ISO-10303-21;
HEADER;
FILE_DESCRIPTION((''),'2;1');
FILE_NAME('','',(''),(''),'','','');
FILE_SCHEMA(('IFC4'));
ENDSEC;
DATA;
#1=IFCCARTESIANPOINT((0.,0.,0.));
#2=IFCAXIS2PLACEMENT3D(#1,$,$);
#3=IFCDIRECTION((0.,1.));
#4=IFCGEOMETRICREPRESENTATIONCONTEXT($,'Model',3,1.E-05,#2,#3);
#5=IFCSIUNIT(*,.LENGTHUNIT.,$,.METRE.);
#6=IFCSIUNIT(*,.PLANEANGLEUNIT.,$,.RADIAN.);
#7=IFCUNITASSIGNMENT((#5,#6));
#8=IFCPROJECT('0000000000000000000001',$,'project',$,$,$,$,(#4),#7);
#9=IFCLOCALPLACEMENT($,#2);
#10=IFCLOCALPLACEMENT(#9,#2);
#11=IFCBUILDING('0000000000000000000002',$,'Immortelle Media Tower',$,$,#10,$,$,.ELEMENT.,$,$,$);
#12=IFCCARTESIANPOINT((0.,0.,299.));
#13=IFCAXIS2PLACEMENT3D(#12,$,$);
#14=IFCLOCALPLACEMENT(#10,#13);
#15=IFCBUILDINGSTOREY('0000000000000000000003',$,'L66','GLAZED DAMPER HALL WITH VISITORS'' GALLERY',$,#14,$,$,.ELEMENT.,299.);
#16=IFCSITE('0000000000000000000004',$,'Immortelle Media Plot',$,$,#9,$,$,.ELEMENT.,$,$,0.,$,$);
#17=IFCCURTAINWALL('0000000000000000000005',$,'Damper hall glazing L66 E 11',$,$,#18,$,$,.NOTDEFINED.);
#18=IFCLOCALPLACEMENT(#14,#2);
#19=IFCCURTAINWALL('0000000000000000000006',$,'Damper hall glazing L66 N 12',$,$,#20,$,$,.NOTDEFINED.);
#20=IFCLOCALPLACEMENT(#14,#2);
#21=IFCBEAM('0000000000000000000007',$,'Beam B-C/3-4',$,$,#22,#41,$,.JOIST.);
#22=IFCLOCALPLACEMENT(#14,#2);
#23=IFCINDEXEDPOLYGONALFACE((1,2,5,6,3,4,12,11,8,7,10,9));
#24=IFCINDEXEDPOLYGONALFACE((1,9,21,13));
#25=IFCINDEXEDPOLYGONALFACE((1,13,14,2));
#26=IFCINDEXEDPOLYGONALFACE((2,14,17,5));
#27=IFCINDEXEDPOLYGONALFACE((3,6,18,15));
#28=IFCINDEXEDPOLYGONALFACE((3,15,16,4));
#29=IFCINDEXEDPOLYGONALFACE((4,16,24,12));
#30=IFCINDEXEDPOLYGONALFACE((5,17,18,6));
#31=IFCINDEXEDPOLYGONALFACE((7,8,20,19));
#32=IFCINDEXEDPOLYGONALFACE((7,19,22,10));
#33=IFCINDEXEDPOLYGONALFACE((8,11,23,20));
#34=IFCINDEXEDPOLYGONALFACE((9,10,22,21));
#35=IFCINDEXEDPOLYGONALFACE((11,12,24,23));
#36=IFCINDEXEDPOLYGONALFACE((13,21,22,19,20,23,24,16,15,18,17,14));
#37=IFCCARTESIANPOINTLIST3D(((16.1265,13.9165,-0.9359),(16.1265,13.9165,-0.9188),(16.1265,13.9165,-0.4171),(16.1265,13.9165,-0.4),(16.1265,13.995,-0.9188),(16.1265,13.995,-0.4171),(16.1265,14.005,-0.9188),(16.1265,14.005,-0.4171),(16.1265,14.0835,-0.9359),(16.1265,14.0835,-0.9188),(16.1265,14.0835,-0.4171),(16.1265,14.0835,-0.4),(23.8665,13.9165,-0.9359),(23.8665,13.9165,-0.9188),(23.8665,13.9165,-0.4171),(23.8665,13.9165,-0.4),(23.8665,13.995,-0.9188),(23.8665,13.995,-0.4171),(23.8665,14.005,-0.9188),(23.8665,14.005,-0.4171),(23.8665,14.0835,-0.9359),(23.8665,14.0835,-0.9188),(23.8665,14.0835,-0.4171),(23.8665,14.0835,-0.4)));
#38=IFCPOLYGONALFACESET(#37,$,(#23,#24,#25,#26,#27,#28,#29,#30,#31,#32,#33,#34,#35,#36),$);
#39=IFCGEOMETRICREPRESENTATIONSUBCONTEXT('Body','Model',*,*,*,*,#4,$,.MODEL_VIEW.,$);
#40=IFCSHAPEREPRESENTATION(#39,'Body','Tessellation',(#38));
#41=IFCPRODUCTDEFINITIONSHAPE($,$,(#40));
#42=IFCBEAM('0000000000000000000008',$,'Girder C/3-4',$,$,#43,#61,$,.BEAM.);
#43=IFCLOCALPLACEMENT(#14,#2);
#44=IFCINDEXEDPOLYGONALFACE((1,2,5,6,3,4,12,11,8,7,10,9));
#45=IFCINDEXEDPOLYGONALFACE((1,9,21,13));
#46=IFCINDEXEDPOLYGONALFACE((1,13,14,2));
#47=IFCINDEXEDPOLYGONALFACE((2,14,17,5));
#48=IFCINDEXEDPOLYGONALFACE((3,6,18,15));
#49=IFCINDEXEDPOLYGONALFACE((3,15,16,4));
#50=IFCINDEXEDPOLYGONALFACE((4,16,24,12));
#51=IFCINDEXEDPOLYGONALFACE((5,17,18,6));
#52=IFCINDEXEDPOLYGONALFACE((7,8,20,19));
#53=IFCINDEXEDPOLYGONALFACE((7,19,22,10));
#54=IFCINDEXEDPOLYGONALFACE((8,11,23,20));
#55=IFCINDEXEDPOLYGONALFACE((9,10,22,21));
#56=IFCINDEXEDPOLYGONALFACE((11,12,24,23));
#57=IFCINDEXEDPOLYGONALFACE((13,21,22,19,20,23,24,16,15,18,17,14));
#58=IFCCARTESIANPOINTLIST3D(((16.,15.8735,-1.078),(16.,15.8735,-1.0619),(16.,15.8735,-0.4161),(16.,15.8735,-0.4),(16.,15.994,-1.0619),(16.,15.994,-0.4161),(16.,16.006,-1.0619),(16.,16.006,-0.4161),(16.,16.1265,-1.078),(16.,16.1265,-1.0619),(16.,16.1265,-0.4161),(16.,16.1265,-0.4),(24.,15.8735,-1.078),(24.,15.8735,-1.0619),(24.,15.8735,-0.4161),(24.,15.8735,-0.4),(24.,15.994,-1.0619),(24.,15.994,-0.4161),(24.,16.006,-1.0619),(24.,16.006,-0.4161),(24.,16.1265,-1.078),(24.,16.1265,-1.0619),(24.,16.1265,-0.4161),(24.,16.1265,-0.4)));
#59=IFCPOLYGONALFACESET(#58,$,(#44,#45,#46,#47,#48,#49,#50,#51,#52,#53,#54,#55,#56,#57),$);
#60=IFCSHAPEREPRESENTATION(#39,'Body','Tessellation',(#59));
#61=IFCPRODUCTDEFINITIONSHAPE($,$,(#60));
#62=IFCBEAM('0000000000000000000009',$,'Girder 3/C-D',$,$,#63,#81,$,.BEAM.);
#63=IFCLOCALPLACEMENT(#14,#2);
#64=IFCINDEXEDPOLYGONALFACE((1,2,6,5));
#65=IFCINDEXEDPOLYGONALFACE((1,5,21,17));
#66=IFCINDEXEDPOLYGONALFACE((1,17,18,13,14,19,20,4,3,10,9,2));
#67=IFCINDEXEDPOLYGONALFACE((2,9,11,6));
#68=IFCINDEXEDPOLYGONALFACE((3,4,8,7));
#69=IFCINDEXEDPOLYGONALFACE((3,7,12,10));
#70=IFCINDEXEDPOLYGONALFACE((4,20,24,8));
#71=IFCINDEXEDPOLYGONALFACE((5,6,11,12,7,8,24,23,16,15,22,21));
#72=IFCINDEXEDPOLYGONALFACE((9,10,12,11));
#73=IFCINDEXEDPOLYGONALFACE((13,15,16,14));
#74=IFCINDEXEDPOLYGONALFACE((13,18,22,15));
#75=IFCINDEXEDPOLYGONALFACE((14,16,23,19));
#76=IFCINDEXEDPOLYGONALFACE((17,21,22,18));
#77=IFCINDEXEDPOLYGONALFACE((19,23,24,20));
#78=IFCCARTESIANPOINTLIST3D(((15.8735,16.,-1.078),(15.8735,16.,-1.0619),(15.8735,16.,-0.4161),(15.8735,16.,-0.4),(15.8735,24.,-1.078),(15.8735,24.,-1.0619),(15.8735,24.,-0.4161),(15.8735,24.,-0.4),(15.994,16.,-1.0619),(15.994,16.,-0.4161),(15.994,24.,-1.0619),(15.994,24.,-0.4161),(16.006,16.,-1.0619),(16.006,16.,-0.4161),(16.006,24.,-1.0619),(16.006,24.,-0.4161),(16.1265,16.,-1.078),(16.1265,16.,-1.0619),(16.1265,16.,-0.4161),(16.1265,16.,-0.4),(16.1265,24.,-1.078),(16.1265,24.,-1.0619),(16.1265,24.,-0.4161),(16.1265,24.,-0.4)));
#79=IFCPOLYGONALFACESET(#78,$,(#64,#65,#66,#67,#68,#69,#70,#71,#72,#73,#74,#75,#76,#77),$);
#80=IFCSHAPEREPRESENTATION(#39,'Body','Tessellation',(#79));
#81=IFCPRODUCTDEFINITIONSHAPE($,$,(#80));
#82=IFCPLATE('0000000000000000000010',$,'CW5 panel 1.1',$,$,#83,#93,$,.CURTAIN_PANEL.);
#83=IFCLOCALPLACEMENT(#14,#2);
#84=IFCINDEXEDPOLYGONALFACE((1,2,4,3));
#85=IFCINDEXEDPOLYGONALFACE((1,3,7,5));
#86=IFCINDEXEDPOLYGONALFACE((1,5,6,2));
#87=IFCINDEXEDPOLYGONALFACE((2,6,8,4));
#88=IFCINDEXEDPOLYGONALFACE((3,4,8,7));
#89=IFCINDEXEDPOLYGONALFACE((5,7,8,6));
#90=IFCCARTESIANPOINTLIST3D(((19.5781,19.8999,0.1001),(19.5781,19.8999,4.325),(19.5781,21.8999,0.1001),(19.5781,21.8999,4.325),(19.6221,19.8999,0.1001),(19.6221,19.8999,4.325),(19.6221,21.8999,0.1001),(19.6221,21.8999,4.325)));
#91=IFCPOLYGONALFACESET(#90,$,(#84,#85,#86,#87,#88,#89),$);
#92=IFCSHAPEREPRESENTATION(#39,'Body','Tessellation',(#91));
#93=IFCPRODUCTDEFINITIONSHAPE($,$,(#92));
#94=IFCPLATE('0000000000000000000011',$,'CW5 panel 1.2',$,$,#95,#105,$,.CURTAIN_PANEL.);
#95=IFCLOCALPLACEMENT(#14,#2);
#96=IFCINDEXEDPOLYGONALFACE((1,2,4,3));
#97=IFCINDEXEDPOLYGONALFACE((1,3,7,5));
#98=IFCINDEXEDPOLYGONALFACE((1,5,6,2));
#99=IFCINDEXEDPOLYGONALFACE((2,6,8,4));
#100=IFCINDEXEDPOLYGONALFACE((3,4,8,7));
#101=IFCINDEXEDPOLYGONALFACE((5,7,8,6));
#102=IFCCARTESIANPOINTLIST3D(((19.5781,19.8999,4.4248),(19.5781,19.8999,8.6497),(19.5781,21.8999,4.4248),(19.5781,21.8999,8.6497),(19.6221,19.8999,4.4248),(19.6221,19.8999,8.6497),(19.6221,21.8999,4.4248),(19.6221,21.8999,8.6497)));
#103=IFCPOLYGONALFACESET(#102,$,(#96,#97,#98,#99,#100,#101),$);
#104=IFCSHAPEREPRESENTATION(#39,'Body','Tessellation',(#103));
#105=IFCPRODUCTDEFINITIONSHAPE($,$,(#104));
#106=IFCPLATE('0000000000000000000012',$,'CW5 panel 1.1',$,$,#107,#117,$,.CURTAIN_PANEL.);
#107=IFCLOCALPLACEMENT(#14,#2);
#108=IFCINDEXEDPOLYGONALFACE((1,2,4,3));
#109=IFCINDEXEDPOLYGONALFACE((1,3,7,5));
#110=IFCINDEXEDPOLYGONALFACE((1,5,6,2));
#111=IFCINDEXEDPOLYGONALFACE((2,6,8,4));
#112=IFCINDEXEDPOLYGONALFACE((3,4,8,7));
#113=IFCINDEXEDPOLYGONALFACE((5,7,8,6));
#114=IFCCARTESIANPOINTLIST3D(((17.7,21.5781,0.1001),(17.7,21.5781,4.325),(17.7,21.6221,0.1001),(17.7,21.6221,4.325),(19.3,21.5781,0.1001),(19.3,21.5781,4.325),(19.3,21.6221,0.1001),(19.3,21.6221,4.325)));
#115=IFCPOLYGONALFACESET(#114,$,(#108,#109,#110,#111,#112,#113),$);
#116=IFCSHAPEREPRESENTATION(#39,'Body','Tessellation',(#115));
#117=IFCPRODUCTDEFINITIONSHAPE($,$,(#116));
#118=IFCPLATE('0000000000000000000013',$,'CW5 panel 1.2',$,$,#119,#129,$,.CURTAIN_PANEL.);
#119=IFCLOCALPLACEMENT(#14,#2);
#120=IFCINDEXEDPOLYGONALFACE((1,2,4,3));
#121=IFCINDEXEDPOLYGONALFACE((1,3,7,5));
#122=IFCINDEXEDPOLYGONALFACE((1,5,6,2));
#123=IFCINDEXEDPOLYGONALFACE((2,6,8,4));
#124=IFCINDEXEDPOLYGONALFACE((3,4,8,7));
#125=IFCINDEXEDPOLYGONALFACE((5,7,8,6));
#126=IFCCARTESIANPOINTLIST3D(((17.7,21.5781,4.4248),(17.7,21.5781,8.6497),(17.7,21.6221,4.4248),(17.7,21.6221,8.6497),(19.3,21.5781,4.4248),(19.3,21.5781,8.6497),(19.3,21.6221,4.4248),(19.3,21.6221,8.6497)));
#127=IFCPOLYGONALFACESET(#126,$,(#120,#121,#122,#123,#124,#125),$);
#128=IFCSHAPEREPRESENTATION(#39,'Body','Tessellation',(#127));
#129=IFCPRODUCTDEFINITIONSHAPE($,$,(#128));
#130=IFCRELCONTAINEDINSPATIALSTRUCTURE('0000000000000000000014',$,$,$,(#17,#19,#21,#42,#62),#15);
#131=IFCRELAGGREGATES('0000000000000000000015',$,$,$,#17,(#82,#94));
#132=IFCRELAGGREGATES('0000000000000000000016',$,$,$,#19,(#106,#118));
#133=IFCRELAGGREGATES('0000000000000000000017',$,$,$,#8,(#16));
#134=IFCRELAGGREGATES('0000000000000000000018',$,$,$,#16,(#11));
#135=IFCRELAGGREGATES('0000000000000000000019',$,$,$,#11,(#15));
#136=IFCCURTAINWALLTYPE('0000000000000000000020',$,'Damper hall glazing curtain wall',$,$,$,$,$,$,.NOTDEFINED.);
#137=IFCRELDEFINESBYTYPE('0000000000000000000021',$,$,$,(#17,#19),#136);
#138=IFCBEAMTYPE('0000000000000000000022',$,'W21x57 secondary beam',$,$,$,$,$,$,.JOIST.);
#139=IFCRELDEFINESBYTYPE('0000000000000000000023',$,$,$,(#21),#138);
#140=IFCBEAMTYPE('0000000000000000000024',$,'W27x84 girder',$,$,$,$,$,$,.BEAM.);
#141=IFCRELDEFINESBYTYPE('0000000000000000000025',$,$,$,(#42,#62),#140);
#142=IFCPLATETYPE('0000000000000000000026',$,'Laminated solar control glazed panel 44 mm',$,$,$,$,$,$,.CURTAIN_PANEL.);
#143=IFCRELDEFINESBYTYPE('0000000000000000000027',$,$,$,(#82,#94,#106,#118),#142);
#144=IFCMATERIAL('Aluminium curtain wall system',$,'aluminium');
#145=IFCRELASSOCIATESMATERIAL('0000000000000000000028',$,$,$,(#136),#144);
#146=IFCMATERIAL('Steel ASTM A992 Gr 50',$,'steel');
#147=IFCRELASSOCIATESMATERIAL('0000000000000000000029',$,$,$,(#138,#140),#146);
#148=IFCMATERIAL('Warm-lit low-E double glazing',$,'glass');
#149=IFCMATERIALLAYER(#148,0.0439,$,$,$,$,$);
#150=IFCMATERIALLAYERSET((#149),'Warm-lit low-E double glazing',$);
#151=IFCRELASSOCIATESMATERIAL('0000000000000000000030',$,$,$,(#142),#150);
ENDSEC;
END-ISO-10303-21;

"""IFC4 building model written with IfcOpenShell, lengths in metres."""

from ifc_helpers import new_model, si_unit, direction, frame, origin, origin_2d, place, context, subcontext, project, spatial, rectangle, i_section, extrude, material, layer, layer_set, material_profile, profile_set, type_object, element, aggregate, save


model = new_model("IFC4")

# Units and contexts
model_context = context("Model", 3, precision=1e-05, world=origin(), true_north=direction((0.0, 1.0)))
body_context = subcontext(model_context, "Body", "Model", "MODEL_VIEW")
ifc_project = project(units=[si_unit("LENGTHUNIT", "METRE"), si_unit("PLANEANGLEUNIT", "RADIAN")], contexts=[model_context])

# Site, building, storey
site_placement = place(None, origin())
site = spatial("IfcSite", under=ifc_project, at=site_placement, Name="Immortelle Media Plot", CompositionType="ELEMENT", RefElevation=0.0)
building_placement = place(site_placement, origin())
building = spatial("IfcBuilding", under=site, at=building_placement, Name="Immortelle Media Tower", CompositionType="ELEMENT")
storey_placement = place(building_placement, frame((0.0, 0.0, 299.0)))
storey = spatial("IfcBuildingStorey", under=building, at=storey_placement, Name="L66", Description="GLAZED DAMPER HALL WITH VISITORS' GALLERY", CompositionType="ELEMENT", Elevation=299.0)

# Shared definitions
ifc_material_1 = material(Name="Steel ASTM A992 Gr 50", Category="steel")

# Curtain wall
ifc_material_2 = material(Name="Aluminium curtain wall system", Category="aluminium")
curtain_wall_type = type_object("IfcCurtainWallType", Name="Damper hall glazing curtain wall", PredefinedType="NOTDEFINED", material=ifc_material_2)
curtain_wall_1_placement = place(storey_placement, origin())
curtain_wall_1 = element("IfcCurtainWall", 1, at=curtain_wall_1_placement, inside=storey, type_object=curtain_wall_type, Name="Damper hall glazing L66 E 11", PredefinedType="NOTDEFINED")

# Curtain wall
curtain_wall_2_placement = place(storey_placement, origin())
curtain_wall_2 = element("IfcCurtainWall", 2, at=curtain_wall_2_placement, inside=storey, type_object=curtain_wall_type, Name="Damper hall glazing L66 N 12", PredefinedType="NOTDEFINED")

# Beams
ifc_material_profile_1 = material_profile(ifc_material_1, i_section(OverallWidth=0.167, OverallDepth=0.5359, WebThickness=0.01, FlangeThickness=0.0171, at=origin_2d()), Name="W21x57")
ifc_profile_set_1 = profile_set([ifc_material_profile_1], Name="Steel ASTM A992 Gr 50")
beam_type_1 = type_object("IfcBeamType", Name="W21x57 secondary beam", PredefinedType="JOIST", material=ifc_profile_set_1)
beam_placement = place(storey_placement, frame((16.1265, 14.0, -0.668), z_axis=(1.0, 0.0, 0.0), x_axis=(0.0, 1.0, 0.0)))
element("IfcBeam", 3, at=beam_placement, inside=storey, type_object=beam_type_1, Name="Beam B-C/3-4", PredefinedType="JOIST", context=body_context, shape_type="SweptSolid", body=[
    extrude(i_section(OverallWidth=0.167, OverallDepth=0.5359, WebThickness=0.01, FlangeThickness=0.0171, at=origin_2d()), origin(), (0.0, 0.0, 1.0), 7.74),
])
ifc_material_profile_2 = material_profile(ifc_material_1, i_section(OverallWidth=0.2529, OverallDepth=0.678, WebThickness=0.012, FlangeThickness=0.0161, at=origin_2d()), Name="W27x84")
ifc_profile_set_2 = profile_set([ifc_material_profile_2], Name="Steel ASTM A992 Gr 50")
beam_type_2 = type_object("IfcBeamType", Name="W27x84 girder", PredefinedType="BEAM", material=ifc_profile_set_2)
for number, where, z_axis, x_axis, name in (
    (4, (16.0, 16.0, -0.739), (1.0, 0.0, 0.0), (0.0, 1.0, 0.0), "Girder C/3-4"),
    (5, (16.0, 16.0, -0.739), (0.0, 1.0, 0.0), (-1.0, 0.0, 0.0), "Girder 3/C-D"),
):
    element("IfcBeam", number, at=place(storey_placement, frame(where, z_axis=z_axis, x_axis=x_axis)), inside=storey, type_object=beam_type_2, Name=name, PredefinedType="BEAM", context=body_context, shape_type="SweptSolid", body=[
        extrude(i_section(OverallWidth=0.2529, OverallDepth=0.678, WebThickness=0.012, FlangeThickness=0.0161, at=origin_2d()), origin(), (0.0, 0.0, 1.0), 8.0),
    ])

# Plates
ifc_material_3 = material(Name="Warm-lit low-E double glazing", Category="glass")
ifc_layer_1 = layer(ifc_material_3, 0.0439)
ifc_layer_set_1 = layer_set([ifc_layer_1], Name="Warm-lit low-E double glazing")
plate_type = type_object("IfcPlateType", Name="Laminated solar control glazed panel 44 mm", PredefinedType="CURTAIN_PANEL", material=ifc_layer_set_1)
plate_1_placement = place(storey_placement, frame((19.6001, 20.8999, 0.1001), z_axis=(0.0, 0.0, 1.0), x_axis=(0.0, 1.0, 0.0)))
plate_1 = element("IfcPlate", 6, at=plate_1_placement, type_object=plate_type, Name="CW5 panel 1.1", PredefinedType="CURTAIN_PANEL", context=body_context, shape_type="SweptSolid", body=[
    extrude(rectangle(XDim=2.0, YDim=0.0439, at=origin_2d()), origin(), (0.0, 0.0, 1.0), 4.2249),
])
plate_2_placement = place(storey_placement, frame((19.6001, 20.8999, 4.4248), z_axis=(0.0, 0.0, 1.0), x_axis=(0.0, 1.0, 0.0)))
plate_2 = element("IfcPlate", 7, at=plate_2_placement, type_object=plate_type, Name="CW5 panel 1.2", PredefinedType="CURTAIN_PANEL", context=body_context, shape_type="SweptSolid", body=[
    extrude(rectangle(XDim=2.0, YDim=0.0439, at=origin_2d()), origin(), (0.0, 0.0, 1.0), 4.2249),
])
aggregate(curtain_wall_1, [plate_1, plate_2])
plate_3_placement = place(storey_placement, frame((18.5, 21.6001, 0.1001), z_axis=(0.0, 0.0, 1.0), x_axis=(-1.0, 0.0, 0.0)))
plate_3 = element("IfcPlate", 8, at=plate_3_placement, type_object=plate_type, Name="CW5 panel 1.1", PredefinedType="CURTAIN_PANEL", context=body_context, shape_type="SweptSolid", body=[
    extrude(rectangle(XDim=1.6001, YDim=0.0439, at=origin_2d()), origin(), (0.0, 0.0, 1.0), 4.2249),
])
plate_4_placement = place(storey_placement, frame((18.5, 21.6001, 4.4248), z_axis=(0.0, 0.0, 1.0), x_axis=(-1.0, 0.0, 0.0)))
plate_4 = element("IfcPlate", 9, at=plate_4_placement, type_object=plate_type, Name="CW5 panel 1.2", PredefinedType="CURTAIN_PANEL", context=body_context, shape_type="SweptSolid", body=[
    extrude(rectangle(XDim=1.6001, YDim=0.0439, at=origin_2d()), origin(), (0.0, 0.0, 1.0), 4.2249),
])
aggregate(curtain_wall_2, [plate_3, plate_4])

save(model, "model.ifc")
